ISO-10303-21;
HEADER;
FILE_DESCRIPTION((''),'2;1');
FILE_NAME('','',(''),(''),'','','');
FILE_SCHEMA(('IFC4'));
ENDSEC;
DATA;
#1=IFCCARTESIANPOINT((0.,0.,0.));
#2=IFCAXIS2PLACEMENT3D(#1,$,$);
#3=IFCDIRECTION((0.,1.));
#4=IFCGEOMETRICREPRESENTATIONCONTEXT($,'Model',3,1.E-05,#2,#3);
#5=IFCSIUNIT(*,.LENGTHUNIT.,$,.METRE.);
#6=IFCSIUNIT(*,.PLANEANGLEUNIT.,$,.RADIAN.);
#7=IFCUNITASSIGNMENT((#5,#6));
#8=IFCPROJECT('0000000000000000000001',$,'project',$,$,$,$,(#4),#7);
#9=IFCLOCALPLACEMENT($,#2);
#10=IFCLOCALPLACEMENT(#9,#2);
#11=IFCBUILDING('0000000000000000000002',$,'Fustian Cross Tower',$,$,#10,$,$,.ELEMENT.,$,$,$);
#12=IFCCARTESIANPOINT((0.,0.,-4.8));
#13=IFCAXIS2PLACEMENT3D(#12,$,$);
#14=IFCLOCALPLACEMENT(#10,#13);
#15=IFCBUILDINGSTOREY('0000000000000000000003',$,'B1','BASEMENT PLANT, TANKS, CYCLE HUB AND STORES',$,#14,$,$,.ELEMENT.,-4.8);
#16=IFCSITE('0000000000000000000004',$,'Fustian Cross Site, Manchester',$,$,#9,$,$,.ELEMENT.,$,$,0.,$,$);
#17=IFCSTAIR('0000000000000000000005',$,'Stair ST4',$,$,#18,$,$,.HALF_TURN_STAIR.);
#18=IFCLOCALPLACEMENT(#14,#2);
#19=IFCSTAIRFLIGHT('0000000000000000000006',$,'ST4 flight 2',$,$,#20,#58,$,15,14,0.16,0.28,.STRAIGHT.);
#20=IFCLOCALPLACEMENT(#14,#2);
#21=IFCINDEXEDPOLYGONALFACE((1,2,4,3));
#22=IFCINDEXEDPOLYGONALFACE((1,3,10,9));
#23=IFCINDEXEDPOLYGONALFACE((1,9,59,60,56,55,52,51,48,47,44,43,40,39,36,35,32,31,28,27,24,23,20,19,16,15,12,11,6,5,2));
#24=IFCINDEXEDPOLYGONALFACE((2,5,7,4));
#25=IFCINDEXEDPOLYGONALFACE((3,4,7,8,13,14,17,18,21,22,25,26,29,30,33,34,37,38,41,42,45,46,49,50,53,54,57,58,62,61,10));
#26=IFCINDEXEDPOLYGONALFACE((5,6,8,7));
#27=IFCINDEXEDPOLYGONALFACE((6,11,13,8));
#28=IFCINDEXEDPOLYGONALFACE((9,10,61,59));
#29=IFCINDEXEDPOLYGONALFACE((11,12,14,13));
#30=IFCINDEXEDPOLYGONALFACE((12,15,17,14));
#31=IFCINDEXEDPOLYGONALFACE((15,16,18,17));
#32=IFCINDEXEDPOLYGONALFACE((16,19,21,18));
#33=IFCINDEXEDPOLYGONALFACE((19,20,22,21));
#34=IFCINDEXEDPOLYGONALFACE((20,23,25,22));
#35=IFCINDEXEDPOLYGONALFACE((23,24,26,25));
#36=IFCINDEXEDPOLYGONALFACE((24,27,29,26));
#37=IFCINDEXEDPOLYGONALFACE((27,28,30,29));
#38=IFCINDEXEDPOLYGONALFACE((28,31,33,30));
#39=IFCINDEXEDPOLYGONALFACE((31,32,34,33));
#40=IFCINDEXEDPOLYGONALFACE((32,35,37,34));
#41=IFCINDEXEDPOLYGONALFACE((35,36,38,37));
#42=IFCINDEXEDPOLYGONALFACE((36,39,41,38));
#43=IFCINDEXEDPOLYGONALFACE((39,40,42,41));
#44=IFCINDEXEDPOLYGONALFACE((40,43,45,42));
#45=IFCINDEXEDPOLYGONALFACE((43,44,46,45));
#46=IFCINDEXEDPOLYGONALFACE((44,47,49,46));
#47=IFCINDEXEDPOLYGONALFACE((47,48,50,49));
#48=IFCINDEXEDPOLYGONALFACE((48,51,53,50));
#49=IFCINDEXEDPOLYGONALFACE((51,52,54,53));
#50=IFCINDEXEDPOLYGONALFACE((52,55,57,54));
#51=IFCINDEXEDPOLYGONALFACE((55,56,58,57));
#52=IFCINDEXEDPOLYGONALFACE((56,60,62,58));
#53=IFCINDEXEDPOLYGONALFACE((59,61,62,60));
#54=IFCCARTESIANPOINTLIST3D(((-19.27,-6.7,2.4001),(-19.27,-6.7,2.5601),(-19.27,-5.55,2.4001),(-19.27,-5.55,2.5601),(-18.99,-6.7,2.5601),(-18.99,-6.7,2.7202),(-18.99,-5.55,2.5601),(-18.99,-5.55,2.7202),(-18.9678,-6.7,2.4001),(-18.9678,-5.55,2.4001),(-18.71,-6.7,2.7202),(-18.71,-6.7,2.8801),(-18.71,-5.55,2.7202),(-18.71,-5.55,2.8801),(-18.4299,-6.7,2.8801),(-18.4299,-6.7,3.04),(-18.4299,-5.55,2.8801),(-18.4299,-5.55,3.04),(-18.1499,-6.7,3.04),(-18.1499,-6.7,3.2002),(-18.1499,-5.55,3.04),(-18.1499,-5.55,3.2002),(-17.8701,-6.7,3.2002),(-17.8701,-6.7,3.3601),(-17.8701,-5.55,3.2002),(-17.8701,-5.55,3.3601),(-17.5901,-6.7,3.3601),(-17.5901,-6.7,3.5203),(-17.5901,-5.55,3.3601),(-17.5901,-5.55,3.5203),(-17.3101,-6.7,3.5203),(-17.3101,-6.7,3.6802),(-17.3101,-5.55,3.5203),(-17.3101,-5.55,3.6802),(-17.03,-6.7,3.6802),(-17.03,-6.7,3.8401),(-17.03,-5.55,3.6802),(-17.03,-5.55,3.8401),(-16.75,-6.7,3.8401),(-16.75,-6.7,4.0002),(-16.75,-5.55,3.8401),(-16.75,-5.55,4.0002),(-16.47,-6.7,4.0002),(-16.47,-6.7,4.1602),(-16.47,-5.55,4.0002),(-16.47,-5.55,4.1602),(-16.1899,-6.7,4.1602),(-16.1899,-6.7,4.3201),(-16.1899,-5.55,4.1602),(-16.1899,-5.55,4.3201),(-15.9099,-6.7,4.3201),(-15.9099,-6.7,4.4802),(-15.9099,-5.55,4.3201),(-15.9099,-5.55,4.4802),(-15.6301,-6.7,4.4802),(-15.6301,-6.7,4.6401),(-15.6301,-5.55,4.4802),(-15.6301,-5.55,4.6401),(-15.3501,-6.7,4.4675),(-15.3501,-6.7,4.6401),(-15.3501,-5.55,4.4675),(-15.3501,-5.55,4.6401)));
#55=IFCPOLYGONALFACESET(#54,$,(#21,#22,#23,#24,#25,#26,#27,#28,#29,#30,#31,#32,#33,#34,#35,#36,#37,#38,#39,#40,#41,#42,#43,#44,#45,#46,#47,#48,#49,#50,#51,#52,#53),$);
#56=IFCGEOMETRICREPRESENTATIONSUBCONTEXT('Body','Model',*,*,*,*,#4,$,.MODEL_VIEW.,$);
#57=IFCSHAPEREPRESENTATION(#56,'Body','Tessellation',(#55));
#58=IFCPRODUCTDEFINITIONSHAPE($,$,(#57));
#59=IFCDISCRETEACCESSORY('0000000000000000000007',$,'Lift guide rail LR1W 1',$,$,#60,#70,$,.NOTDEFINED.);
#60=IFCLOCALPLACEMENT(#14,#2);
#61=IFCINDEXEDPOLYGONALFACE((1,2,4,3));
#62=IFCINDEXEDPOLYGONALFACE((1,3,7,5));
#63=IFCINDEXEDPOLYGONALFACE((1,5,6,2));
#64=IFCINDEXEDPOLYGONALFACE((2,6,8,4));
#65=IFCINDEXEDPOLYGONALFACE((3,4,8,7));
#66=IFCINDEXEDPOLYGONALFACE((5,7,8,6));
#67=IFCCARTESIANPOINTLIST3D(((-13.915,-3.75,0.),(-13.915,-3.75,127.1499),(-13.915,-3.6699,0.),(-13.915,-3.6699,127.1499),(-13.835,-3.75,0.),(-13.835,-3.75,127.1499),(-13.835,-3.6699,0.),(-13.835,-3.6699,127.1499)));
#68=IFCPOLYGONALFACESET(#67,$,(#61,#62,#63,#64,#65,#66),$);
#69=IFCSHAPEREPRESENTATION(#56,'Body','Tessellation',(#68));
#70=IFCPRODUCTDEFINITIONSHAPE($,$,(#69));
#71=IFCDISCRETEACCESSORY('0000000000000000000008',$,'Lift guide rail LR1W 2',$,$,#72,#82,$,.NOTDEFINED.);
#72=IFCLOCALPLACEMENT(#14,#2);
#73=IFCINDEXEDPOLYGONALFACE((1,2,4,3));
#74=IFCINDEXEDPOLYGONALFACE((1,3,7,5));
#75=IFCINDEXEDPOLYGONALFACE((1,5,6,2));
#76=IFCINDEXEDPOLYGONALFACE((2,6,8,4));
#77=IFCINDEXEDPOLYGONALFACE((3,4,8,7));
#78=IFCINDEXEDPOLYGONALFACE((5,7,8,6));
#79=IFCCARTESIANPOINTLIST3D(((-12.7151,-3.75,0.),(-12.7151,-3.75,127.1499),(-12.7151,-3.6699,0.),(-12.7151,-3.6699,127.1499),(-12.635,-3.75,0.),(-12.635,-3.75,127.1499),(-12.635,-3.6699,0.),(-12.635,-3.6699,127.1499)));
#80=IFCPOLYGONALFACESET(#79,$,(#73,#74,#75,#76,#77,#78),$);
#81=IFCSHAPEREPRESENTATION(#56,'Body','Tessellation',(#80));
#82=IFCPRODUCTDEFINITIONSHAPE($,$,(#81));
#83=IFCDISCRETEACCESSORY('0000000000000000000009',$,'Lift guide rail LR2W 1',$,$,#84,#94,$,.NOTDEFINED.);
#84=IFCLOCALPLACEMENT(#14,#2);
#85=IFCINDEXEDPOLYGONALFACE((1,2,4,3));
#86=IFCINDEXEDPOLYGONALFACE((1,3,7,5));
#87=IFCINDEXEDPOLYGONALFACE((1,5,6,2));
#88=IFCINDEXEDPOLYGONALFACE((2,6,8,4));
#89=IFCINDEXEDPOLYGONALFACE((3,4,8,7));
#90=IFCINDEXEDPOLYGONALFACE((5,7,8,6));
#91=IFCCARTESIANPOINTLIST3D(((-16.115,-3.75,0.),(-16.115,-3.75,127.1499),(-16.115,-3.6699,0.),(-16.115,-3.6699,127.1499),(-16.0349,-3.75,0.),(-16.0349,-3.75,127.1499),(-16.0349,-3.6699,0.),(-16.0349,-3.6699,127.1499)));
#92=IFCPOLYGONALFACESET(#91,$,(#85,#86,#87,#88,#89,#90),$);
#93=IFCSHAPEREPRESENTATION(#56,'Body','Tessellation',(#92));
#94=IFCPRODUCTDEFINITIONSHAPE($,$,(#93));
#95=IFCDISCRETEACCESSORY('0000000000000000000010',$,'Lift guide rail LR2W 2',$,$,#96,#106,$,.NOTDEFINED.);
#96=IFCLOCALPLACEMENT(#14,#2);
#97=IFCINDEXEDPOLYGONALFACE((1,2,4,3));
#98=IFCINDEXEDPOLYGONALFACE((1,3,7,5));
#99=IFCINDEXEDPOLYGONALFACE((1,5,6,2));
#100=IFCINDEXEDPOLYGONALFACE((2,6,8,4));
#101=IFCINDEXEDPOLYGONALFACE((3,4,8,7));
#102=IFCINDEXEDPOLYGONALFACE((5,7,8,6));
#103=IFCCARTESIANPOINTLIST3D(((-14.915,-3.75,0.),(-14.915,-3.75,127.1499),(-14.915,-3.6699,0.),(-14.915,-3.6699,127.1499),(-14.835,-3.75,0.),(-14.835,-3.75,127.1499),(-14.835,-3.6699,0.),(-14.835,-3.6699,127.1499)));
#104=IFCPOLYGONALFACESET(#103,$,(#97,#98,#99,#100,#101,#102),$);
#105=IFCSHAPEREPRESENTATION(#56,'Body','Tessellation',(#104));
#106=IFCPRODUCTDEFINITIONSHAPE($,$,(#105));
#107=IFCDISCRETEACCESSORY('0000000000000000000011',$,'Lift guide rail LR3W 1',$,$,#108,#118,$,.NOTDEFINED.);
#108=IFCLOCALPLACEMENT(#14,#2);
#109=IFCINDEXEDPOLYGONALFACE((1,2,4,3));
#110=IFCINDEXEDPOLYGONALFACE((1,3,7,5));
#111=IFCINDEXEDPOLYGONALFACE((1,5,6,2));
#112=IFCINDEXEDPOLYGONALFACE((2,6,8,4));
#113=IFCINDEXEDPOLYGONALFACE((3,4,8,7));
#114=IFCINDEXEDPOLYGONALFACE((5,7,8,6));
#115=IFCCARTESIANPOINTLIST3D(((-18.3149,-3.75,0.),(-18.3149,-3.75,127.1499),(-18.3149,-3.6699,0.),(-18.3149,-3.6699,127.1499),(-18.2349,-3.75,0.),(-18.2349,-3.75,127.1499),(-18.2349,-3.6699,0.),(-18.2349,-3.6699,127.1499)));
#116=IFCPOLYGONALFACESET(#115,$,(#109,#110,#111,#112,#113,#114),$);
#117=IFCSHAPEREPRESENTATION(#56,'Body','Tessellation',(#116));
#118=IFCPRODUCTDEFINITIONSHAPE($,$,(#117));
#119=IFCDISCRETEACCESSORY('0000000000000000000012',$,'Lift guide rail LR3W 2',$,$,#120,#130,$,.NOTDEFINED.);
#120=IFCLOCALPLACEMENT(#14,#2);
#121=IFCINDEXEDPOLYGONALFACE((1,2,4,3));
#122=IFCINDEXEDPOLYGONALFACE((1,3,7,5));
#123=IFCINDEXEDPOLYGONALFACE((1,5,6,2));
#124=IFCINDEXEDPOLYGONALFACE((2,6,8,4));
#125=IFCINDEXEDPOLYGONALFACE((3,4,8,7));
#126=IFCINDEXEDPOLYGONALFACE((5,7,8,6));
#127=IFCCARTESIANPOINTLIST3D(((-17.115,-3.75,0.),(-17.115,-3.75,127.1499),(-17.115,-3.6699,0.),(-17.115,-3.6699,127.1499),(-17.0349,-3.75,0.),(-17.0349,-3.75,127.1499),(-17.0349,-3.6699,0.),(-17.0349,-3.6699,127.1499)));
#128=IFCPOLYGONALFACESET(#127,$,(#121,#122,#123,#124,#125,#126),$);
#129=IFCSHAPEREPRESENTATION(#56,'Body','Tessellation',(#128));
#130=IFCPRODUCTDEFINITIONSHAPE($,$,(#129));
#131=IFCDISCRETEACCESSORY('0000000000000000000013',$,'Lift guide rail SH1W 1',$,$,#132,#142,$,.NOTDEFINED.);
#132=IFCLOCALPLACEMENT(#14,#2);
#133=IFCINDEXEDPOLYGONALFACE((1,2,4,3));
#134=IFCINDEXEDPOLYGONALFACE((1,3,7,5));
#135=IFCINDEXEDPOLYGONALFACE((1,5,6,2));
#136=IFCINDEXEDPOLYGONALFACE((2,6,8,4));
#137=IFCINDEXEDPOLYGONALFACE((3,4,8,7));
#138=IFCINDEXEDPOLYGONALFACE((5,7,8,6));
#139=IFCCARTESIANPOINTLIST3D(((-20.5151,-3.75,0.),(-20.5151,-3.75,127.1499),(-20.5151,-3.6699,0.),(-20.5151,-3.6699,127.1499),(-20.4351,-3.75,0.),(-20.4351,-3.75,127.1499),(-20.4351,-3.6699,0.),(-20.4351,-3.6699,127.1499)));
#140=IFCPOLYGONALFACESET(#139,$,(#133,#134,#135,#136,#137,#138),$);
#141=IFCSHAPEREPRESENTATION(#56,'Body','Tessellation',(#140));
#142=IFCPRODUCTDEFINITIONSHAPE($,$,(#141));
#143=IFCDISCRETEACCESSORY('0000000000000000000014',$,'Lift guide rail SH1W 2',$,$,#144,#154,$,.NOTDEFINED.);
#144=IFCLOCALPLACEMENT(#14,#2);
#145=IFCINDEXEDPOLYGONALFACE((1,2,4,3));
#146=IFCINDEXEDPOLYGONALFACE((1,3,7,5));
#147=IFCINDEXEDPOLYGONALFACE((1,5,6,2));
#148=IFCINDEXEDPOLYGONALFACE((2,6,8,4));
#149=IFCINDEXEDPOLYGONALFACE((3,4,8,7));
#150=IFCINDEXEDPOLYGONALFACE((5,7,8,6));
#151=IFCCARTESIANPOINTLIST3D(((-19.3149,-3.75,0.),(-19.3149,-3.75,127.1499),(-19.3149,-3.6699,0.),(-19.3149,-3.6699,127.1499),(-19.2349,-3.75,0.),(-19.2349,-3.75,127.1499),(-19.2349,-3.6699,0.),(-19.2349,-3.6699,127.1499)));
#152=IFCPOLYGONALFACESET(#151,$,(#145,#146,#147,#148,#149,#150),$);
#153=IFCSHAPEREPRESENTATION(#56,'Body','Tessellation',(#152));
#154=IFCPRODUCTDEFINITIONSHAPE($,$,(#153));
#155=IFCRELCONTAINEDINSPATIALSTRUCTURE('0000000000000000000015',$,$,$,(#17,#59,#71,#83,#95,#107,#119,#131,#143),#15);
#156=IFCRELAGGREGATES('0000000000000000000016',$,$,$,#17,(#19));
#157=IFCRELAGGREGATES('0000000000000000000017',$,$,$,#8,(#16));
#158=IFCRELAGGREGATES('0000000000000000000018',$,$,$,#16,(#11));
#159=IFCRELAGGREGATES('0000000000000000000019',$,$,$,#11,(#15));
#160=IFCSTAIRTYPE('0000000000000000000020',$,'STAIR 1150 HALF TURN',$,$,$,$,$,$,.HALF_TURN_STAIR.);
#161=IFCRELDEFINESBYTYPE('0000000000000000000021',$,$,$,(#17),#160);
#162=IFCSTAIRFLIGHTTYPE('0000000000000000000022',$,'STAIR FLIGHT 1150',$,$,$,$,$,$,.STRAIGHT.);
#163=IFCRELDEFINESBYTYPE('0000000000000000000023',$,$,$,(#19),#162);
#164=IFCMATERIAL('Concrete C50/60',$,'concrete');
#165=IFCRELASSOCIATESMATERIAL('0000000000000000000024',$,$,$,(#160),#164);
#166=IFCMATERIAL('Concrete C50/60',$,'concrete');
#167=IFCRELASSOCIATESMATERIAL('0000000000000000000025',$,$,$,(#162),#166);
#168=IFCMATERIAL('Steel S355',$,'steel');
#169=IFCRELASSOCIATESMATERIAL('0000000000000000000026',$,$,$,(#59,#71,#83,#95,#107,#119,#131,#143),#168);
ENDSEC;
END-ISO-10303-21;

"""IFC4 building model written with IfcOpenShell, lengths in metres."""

from ifc_helpers import new_model, si_unit, direction, frame, origin, origin_2d, place, context, subcontext, project, spatial, polyline, rectangle, outline, extrude, material, type_object, element, aggregate, save


model = new_model("IFC4")

# Units and contexts
model_context = context("Model", 3, precision=1e-05, world=origin(), true_north=direction((0.0, 1.0)))
body_context = subcontext(model_context, "Body", "Model", "MODEL_VIEW")
ifc_project = project(units=[si_unit("LENGTHUNIT", "METRE"), si_unit("PLANEANGLEUNIT", "RADIAN")], contexts=[model_context])

# Site, building, storey
site_placement = place(None, origin())
site = spatial("IfcSite", under=ifc_project, at=site_placement, Name="Fustian Cross Site, Manchester", CompositionType="ELEMENT", RefElevation=0.0)
building_placement = place(site_placement, origin())
building = spatial("IfcBuilding", under=site, at=building_placement, Name="Fustian Cross Tower", CompositionType="ELEMENT")
storey_placement = place(building_placement, frame((0.0, 0.0, -4.8)))
storey = spatial("IfcBuildingStorey", under=building, at=storey_placement, Name="B1", Description="BASEMENT PLANT, TANKS, CYCLE HUB AND STORES", CompositionType="ELEMENT", Elevation=-4.8)

# Stair, stair flight
ifc_material_1 = material(Name="Concrete C50/60", Category="concrete")
stair_type = type_object("IfcStairType", Name="STAIR 1150 HALF TURN", PredefinedType="HALF_TURN_STAIR", material=ifc_material_1)
stair_placement = place(storey_placement, origin())
stair = element("IfcStair", 1, at=stair_placement, inside=storey, type_object=stair_type, Name="Stair ST4", PredefinedType="HALF_TURN_STAIR")
ifc_material_2 = material(Name="Concrete C50/60", Category="concrete")
stair_flight_type = type_object("IfcStairFlightType", Name="STAIR FLIGHT 1150", PredefinedType="STRAIGHT", material=ifc_material_2)
stair_flight_1_placement = place(storey_placement, frame((-19.27, -6.125, 2.4001), z_axis=(0.0, 0.0, 1.0), x_axis=(1.0, 0.0, 0.0)))
stair_flight_1 = element("IfcStairFlight", 2, at=stair_flight_1_placement, type_object=stair_flight_type, Name="ST4 flight 2", NumberOfRisers=15, NumberOfTreads=14, PredefinedType="STRAIGHT", RiserHeight=0.16, TreadLength=0.28, context=body_context, shape_type="SweptSolid", body=[
    extrude(outline(polyline([(0.0, 0.0), (0.0, 0.1599), (0.28, 0.1599), (0.28, 0.3201), (0.5601, 0.3201), (0.5601, 0.48), (0.8401, 0.48), (0.8401, 0.6399), (1.1201, 0.6399), (1.1201, 0.8), (1.3999, 0.8), (1.3999, 0.96), (1.6799, 0.96), (1.6799, 1.1201), (1.96, 1.1201), (1.96, 1.28), (2.24, 1.28), (2.24, 1.4399), (2.52, 1.4399), (2.52, 1.6001), (2.8, 1.6001), (2.8, 1.76), (3.0801, 1.76), (3.0801, 1.9199), (3.3601, 1.9199), (3.3601, 2.0801), (3.6399, 2.0801), (3.6399, 2.24), (3.9199, 2.24), (3.9199, 2.3999), (3.9199, 2.0674), (0.3022, 0.0), (0.0, 0.0)])), frame((0.0, 0.575, 0.0), z_axis=(0.0, -1.0, 0.0), x_axis=(1.0, 0.0, 0.0)), (0.0, 0.0, 1.0), 1.1499),
])
aggregate(stair, [stair_flight_1])

# Discrete accessories
ifc_material_3 = material(Name="Steel S355", Category="steel")
for number, where, z_axis, x_axis, name in (
    (3, (-13.875, -3.71, 0.0), (0.0, 0.0, 1.0), (1.0, 0.0, 0.0), "Lift guide rail LR1W 1"),
    (4, (-12.675, -3.71, 0.0), (0.0, 0.0, 1.0), (1.0, 0.0, 0.0), "Lift guide rail LR1W 2"),
    (5, (-16.075, -3.71, 0.0), (0.0, 0.0, 1.0), (1.0, 0.0, 0.0), "Lift guide rail LR2W 1"),
    (6, (-14.875, -3.71, 0.0), (0.0, 0.0, 1.0), (1.0, 0.0, 0.0), "Lift guide rail LR2W 2"),
    (7, (-18.2749, -3.71, 0.0), (0.0, 0.0, 1.0), (1.0, 0.0, 0.0), "Lift guide rail LR3W 1"),
    (8, (-17.075, -3.71, 0.0), (0.0, 0.0, 1.0), (1.0, 0.0, 0.0), "Lift guide rail LR3W 2"),
    (9, (-20.4751, -3.71, 0.0), (0.0, 0.0, 1.0), (1.0, 0.0, 0.0), "Lift guide rail SH1W 1"),
    (10, (-19.2749, -3.71, 0.0), (0.0, 0.0, 1.0), (1.0, 0.0, 0.0), "Lift guide rail SH1W 2"),
):
    element("IfcDiscreteAccessory", number, at=place(storey_placement, frame(where, z_axis=z_axis, x_axis=x_axis)), inside=storey, material=ifc_material_3, Name=name, PredefinedType="NOTDEFINED", context=body_context, shape_type="SweptSolid", body=[
        extrude(rectangle(XDim=0.0801, YDim=0.0801, at=origin_2d()), origin(), (0.0, 0.0, 1.0), 127.1499),
    ])

save(model, "model.ifc")
